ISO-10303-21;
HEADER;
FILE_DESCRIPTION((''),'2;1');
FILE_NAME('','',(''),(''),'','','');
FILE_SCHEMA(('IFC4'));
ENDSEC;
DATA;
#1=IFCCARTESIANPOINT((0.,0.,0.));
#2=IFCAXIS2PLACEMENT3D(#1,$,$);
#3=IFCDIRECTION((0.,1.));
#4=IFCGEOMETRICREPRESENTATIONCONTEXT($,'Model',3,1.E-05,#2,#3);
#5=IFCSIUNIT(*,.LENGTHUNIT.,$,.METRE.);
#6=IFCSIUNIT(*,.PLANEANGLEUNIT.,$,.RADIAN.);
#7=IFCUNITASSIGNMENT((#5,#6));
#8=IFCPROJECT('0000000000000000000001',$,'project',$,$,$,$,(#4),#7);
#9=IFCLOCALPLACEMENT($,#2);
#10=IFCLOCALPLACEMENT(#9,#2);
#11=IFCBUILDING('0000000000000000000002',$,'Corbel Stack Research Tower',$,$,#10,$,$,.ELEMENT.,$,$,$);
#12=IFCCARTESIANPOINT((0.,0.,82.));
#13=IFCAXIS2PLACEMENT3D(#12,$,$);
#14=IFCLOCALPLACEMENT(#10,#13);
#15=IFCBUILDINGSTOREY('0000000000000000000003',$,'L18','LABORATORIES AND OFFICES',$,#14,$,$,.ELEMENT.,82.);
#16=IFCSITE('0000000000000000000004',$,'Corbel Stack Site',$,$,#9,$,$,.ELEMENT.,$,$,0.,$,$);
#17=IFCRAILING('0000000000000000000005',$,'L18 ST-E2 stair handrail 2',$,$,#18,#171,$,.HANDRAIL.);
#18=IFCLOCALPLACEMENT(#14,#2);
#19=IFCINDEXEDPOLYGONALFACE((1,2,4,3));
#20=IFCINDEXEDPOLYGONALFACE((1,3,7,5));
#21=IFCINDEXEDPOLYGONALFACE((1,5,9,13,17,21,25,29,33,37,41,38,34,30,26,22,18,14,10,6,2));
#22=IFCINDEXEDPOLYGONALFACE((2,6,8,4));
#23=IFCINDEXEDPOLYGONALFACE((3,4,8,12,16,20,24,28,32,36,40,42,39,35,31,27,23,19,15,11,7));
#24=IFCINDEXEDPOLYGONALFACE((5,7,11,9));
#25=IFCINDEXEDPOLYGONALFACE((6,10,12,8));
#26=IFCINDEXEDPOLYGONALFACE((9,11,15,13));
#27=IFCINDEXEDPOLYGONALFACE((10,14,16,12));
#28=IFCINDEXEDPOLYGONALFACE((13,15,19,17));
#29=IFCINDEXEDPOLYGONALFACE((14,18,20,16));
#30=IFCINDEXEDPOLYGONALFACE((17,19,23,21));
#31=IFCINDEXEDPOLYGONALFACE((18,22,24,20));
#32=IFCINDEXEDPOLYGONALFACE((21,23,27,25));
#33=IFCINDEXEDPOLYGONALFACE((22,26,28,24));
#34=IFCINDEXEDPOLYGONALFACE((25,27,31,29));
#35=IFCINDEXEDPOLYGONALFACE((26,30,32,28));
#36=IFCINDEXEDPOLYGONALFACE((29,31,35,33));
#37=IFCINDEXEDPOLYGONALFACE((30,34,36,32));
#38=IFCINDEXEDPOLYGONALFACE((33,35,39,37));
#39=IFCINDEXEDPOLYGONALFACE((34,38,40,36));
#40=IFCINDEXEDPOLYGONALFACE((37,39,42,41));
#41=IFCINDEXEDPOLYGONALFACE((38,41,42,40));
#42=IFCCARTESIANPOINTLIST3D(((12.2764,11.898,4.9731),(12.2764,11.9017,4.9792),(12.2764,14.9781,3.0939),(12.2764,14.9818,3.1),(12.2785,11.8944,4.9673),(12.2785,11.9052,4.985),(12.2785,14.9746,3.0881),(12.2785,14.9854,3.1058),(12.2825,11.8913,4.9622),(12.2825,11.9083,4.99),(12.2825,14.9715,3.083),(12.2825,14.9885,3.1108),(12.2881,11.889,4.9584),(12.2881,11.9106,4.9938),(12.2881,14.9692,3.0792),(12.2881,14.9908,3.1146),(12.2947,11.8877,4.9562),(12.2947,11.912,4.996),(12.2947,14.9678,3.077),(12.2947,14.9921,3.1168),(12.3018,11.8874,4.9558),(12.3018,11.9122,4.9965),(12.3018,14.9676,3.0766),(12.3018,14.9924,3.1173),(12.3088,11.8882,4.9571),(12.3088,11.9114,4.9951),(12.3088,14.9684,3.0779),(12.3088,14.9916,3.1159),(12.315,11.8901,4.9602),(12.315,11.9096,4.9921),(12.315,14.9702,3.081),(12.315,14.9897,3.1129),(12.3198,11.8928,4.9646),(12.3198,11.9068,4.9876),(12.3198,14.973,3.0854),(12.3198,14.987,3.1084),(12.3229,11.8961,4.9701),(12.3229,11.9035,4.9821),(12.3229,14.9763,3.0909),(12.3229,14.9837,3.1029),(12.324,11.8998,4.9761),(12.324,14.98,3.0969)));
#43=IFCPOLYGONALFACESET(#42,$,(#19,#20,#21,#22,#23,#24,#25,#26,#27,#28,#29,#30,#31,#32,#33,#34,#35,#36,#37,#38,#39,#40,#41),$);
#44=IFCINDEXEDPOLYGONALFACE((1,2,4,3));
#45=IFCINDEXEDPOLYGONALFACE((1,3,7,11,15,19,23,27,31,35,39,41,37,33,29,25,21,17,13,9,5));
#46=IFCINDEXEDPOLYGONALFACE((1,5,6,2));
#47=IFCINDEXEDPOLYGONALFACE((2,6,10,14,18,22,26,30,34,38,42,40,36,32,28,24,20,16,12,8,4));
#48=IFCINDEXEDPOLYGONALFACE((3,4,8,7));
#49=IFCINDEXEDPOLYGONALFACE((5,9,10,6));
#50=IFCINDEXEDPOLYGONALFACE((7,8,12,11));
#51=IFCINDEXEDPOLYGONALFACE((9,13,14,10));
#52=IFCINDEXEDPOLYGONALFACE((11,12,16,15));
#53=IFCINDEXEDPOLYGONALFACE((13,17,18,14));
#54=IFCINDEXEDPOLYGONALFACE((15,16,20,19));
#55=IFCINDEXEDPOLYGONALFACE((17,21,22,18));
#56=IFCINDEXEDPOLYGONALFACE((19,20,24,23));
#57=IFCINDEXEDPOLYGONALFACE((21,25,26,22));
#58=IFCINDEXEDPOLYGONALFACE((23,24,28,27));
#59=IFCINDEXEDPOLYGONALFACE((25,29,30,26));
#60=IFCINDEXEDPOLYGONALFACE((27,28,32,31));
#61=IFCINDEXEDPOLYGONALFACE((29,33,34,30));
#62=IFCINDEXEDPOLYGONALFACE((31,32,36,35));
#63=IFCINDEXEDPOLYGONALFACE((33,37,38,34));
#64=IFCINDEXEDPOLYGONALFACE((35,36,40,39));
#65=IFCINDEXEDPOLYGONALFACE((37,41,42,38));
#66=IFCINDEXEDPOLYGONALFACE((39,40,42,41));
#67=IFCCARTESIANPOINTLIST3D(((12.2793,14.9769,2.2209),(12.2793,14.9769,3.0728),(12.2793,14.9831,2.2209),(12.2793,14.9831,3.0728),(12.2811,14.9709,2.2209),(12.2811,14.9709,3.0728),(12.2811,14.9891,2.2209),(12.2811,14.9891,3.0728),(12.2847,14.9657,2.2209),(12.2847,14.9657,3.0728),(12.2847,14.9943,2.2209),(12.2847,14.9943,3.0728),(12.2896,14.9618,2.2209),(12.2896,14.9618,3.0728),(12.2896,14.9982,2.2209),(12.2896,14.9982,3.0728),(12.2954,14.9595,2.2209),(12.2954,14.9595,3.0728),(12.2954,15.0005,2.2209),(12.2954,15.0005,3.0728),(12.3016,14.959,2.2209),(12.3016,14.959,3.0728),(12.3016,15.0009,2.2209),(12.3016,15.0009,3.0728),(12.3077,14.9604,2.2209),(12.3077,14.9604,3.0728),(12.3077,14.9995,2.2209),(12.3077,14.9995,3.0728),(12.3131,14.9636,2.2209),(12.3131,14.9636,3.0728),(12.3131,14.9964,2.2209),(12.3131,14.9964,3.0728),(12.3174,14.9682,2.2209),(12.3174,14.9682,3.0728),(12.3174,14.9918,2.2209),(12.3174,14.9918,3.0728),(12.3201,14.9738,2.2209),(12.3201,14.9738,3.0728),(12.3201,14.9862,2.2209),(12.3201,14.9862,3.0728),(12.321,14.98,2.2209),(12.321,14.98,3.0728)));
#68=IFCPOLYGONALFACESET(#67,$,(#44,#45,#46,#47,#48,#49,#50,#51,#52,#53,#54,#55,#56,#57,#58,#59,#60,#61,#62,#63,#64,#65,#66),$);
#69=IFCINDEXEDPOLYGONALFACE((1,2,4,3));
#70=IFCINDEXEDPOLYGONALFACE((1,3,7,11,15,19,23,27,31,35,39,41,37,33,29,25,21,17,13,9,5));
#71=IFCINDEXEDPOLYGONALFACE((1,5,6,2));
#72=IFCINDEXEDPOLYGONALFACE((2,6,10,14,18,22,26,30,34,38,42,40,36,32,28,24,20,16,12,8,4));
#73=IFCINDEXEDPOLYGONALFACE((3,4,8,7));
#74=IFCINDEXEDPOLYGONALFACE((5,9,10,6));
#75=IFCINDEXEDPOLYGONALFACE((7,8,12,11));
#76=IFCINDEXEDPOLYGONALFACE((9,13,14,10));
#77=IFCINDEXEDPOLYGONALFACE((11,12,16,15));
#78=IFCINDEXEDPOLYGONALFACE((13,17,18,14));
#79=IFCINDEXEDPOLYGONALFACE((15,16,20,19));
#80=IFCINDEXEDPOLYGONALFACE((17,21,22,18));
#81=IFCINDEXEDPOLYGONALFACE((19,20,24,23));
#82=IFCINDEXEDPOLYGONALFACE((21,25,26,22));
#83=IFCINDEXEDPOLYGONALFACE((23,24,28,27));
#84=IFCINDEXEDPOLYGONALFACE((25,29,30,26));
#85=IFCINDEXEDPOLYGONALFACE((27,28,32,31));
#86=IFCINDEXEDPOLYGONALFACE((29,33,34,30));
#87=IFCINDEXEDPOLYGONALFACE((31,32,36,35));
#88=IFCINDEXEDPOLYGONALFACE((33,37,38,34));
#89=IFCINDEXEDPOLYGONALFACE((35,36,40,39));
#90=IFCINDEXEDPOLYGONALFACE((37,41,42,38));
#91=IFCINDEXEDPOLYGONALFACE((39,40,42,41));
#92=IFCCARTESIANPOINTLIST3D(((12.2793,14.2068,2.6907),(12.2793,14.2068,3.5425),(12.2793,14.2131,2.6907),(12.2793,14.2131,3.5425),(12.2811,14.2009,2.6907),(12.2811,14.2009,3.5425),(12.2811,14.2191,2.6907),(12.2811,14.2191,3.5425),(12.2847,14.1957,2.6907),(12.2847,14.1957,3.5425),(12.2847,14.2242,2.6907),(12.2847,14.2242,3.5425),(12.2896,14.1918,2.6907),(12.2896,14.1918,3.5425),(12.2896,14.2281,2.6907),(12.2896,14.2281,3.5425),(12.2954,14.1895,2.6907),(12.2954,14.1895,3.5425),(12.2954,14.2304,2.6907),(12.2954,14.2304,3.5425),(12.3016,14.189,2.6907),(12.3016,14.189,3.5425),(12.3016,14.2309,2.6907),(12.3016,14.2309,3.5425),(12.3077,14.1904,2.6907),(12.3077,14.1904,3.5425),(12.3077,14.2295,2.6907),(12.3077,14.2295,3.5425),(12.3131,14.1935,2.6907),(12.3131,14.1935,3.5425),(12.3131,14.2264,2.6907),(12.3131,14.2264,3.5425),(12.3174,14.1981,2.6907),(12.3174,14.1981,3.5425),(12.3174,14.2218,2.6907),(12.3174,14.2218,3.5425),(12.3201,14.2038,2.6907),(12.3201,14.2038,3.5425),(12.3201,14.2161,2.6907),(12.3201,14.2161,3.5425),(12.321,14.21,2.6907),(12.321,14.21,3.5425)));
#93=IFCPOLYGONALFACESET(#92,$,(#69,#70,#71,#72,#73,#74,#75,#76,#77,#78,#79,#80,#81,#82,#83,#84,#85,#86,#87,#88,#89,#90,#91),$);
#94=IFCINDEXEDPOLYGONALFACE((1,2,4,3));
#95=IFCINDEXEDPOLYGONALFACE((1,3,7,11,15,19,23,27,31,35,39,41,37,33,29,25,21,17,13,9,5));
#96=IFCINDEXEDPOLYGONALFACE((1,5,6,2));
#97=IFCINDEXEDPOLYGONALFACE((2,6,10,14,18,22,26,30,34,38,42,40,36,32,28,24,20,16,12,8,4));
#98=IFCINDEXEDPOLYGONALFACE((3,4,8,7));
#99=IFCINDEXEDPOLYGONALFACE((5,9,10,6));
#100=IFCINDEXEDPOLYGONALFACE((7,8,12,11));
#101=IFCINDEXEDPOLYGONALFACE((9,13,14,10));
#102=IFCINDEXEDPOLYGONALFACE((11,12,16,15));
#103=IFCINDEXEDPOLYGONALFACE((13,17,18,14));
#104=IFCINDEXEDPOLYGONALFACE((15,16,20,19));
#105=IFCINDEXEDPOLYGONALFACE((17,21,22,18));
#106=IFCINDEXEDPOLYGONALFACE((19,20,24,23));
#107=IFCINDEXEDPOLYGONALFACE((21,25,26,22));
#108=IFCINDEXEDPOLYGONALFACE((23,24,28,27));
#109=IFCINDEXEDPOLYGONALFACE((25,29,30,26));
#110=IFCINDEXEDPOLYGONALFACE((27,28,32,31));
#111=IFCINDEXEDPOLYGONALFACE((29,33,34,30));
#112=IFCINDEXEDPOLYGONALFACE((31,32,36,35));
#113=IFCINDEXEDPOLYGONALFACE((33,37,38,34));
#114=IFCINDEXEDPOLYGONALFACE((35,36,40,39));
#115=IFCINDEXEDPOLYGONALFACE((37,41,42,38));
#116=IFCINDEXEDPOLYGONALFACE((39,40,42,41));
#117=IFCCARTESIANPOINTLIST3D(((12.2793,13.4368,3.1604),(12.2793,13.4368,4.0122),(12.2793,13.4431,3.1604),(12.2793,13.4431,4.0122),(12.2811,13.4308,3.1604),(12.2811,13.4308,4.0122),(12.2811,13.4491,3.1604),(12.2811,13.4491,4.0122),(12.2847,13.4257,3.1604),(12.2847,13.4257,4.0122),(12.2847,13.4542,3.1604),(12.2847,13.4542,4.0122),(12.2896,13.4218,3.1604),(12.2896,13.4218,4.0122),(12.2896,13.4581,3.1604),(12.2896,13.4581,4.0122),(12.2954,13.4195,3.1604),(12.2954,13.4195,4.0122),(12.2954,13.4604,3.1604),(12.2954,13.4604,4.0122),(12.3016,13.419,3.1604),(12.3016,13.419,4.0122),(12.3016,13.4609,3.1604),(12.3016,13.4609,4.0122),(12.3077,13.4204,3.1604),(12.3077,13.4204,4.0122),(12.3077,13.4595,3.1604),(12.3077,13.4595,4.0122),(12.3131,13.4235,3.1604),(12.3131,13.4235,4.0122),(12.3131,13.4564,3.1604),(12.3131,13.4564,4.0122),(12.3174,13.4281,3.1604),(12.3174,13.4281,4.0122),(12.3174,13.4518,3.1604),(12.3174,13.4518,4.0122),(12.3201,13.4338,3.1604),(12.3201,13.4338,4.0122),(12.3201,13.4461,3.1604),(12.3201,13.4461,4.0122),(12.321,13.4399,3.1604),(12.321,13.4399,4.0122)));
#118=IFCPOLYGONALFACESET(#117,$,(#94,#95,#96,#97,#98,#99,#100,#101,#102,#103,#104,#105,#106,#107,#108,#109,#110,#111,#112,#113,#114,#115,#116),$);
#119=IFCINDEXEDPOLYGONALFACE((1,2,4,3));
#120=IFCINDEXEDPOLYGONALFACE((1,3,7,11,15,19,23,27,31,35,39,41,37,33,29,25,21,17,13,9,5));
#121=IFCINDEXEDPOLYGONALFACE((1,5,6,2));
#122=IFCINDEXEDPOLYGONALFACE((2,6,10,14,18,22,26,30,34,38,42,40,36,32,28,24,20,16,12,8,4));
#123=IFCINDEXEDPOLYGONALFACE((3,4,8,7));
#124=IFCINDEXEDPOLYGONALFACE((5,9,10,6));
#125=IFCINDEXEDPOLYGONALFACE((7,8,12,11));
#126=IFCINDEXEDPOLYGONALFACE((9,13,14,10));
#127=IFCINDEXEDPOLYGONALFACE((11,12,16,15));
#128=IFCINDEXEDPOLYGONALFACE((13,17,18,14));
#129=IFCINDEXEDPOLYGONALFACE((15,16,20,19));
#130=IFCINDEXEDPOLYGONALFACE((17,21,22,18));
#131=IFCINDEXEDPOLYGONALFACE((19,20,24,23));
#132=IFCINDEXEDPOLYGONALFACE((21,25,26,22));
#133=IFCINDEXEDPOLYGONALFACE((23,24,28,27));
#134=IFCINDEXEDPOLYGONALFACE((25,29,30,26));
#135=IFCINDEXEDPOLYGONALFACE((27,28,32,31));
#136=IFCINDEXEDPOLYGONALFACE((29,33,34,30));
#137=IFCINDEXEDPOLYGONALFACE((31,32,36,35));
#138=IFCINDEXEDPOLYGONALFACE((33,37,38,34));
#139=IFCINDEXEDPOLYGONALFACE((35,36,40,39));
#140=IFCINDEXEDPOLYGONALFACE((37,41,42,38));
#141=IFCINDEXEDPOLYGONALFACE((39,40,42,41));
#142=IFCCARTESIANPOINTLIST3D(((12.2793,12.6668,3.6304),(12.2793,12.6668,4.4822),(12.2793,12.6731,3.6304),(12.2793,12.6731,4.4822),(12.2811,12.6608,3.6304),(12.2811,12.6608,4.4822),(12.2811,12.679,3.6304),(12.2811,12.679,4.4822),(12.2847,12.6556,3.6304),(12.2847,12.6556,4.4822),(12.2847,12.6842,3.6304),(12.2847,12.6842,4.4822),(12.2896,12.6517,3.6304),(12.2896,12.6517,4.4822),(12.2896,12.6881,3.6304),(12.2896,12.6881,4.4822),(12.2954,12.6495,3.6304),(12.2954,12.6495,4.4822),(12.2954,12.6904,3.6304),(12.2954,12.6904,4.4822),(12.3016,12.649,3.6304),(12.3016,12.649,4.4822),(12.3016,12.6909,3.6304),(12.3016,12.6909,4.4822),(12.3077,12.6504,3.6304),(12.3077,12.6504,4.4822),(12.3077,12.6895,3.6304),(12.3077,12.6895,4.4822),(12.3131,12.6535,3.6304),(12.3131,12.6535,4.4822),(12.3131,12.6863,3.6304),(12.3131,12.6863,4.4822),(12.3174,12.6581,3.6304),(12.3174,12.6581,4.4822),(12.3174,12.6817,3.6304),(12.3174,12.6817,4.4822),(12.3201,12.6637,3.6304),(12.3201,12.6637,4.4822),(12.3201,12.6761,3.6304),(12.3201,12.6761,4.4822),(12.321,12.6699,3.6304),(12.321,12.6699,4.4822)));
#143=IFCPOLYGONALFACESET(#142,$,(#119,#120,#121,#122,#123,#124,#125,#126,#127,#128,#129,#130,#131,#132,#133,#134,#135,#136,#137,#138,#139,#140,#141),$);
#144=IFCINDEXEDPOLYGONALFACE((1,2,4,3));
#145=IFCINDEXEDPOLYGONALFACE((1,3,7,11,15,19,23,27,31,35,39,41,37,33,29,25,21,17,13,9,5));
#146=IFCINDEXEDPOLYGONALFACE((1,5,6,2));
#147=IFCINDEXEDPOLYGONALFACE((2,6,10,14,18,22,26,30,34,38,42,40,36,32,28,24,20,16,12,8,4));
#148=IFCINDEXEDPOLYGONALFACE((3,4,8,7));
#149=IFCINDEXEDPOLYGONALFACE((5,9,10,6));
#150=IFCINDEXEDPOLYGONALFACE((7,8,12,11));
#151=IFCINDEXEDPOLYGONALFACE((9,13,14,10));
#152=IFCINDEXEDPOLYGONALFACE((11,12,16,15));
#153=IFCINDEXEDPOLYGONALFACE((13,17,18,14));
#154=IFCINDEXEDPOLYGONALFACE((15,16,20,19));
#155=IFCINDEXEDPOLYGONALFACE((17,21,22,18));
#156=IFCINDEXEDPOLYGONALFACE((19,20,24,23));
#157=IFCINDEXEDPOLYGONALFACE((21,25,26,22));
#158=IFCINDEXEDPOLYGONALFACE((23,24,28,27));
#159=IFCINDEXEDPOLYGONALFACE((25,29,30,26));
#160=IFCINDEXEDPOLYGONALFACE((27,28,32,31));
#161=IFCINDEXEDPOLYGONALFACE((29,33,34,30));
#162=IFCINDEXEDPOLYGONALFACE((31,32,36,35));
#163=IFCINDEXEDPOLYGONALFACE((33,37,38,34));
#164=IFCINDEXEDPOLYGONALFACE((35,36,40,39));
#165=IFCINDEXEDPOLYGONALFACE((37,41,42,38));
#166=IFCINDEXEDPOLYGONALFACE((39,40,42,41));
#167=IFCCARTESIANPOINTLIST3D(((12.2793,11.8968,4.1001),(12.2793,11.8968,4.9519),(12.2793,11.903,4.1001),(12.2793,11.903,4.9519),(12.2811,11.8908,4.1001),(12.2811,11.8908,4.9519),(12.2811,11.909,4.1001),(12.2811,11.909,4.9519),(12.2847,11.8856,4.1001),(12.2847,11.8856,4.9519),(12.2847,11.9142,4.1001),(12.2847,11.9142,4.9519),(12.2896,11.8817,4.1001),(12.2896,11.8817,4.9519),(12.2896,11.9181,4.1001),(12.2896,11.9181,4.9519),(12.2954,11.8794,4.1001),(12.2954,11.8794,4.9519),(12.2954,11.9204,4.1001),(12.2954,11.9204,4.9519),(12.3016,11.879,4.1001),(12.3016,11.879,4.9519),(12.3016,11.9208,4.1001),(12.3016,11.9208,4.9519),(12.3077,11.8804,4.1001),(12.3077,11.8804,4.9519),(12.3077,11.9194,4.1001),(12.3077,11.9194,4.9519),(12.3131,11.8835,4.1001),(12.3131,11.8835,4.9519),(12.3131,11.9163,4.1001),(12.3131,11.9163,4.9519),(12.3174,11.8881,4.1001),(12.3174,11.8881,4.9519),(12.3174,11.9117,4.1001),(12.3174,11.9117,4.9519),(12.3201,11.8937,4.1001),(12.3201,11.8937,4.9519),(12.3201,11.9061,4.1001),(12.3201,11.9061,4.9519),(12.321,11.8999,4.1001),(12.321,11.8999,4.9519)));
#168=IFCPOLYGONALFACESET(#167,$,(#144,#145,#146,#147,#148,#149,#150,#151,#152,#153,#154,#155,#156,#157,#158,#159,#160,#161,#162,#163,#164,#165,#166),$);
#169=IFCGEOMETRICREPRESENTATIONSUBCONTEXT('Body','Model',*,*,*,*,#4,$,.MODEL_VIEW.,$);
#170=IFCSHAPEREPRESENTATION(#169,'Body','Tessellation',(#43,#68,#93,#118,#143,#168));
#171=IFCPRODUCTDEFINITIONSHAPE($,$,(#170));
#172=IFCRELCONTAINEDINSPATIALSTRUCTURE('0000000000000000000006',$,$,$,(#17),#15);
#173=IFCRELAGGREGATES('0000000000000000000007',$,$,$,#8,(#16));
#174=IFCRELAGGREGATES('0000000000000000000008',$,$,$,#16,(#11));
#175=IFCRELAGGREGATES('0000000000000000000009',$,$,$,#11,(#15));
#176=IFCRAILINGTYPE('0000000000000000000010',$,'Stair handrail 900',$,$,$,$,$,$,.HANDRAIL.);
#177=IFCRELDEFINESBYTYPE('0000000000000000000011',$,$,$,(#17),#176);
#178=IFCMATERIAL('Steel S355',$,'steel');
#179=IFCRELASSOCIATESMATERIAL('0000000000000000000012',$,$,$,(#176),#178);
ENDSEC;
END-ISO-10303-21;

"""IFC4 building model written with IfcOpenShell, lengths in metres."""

from ifc_helpers import new_model, si_unit, direction, frame, origin, origin_2d, place, context, subcontext, project, spatial, circle, extrude, material, type_object, element, save


model = new_model("IFC4")

# Units and contexts
model_context = context("Model", 3, precision=1e-05, world=origin(), true_north=direction((0.0, 1.0)))
body_context = subcontext(model_context, "Body", "Model", "MODEL_VIEW")
ifc_project = project(units=[si_unit("LENGTHUNIT", "METRE"), si_unit("PLANEANGLEUNIT", "RADIAN")], contexts=[model_context])

# Site, building, storey
site_placement = place(None, origin())
site = spatial("IfcSite", under=ifc_project, at=site_placement, Name="Corbel Stack Site", CompositionType="ELEMENT", RefElevation=0.0)
building_placement = place(site_placement, origin())
building = spatial("IfcBuilding", under=site, at=building_placement, Name="Corbel Stack Research Tower", CompositionType="ELEMENT")
storey_placement = place(building_placement, frame((0.0, 0.0, 82.0)))
storey = spatial("IfcBuildingStorey", under=building, at=storey_placement, Name="L18", Description="LABORATORIES AND OFFICES", CompositionType="ELEMENT", Elevation=82.0)

# Railing
ifc_material_1 = material(Name="Steel S355", Category="steel")
railing_type_1 = type_object("IfcRailingType", Name="Stair handrail 900", PredefinedType="HANDRAIL", material=ifc_material_1)
railing_1_placement = place(storey_placement, frame((12.3, 14.98, 2.2209)))
element("IfcRailing", 1, at=railing_1_placement, inside=storey, type_object=railing_type_1, Name="L18 ST-E2 stair handrail 2", PredefinedType="HANDRAIL", context=body_context, shape_type="SweptSolid", body=[
    extrude(circle(Radius=0.0239, at=origin_2d()), frame((0.0, 0.0, 0.876), z_axis=(0.0, -0.853666, 0.52082), x_axis=(1.0, 0.0, 0.0)), (0.0, 0.0, 1.0), 3.6082),
    extrude(circle(Radius=0.021, at=origin_2d()), origin(), (0.0, 0.0, 1.0), 0.8518),
    extrude(circle(Radius=0.021, at=origin_2d()), frame((0.0, -0.77, 0.4697)), (0.0, 0.0, 1.0), 0.8518),
    extrude(circle(Radius=0.021, at=origin_2d()), frame((0.0, -1.54, 0.9395)), (0.0, 0.0, 1.0), 0.8518),
    extrude(circle(Radius=0.021, at=origin_2d()), frame((0.0, -2.3101, 1.4094)), (0.0, 0.0, 1.0), 0.8518),
    extrude(circle(Radius=0.021, at=origin_2d()), frame((0.0, -3.0801, 1.8792)), (0.0, 0.0, 1.0), 0.8518),
])

save(model, "model.ifc")
